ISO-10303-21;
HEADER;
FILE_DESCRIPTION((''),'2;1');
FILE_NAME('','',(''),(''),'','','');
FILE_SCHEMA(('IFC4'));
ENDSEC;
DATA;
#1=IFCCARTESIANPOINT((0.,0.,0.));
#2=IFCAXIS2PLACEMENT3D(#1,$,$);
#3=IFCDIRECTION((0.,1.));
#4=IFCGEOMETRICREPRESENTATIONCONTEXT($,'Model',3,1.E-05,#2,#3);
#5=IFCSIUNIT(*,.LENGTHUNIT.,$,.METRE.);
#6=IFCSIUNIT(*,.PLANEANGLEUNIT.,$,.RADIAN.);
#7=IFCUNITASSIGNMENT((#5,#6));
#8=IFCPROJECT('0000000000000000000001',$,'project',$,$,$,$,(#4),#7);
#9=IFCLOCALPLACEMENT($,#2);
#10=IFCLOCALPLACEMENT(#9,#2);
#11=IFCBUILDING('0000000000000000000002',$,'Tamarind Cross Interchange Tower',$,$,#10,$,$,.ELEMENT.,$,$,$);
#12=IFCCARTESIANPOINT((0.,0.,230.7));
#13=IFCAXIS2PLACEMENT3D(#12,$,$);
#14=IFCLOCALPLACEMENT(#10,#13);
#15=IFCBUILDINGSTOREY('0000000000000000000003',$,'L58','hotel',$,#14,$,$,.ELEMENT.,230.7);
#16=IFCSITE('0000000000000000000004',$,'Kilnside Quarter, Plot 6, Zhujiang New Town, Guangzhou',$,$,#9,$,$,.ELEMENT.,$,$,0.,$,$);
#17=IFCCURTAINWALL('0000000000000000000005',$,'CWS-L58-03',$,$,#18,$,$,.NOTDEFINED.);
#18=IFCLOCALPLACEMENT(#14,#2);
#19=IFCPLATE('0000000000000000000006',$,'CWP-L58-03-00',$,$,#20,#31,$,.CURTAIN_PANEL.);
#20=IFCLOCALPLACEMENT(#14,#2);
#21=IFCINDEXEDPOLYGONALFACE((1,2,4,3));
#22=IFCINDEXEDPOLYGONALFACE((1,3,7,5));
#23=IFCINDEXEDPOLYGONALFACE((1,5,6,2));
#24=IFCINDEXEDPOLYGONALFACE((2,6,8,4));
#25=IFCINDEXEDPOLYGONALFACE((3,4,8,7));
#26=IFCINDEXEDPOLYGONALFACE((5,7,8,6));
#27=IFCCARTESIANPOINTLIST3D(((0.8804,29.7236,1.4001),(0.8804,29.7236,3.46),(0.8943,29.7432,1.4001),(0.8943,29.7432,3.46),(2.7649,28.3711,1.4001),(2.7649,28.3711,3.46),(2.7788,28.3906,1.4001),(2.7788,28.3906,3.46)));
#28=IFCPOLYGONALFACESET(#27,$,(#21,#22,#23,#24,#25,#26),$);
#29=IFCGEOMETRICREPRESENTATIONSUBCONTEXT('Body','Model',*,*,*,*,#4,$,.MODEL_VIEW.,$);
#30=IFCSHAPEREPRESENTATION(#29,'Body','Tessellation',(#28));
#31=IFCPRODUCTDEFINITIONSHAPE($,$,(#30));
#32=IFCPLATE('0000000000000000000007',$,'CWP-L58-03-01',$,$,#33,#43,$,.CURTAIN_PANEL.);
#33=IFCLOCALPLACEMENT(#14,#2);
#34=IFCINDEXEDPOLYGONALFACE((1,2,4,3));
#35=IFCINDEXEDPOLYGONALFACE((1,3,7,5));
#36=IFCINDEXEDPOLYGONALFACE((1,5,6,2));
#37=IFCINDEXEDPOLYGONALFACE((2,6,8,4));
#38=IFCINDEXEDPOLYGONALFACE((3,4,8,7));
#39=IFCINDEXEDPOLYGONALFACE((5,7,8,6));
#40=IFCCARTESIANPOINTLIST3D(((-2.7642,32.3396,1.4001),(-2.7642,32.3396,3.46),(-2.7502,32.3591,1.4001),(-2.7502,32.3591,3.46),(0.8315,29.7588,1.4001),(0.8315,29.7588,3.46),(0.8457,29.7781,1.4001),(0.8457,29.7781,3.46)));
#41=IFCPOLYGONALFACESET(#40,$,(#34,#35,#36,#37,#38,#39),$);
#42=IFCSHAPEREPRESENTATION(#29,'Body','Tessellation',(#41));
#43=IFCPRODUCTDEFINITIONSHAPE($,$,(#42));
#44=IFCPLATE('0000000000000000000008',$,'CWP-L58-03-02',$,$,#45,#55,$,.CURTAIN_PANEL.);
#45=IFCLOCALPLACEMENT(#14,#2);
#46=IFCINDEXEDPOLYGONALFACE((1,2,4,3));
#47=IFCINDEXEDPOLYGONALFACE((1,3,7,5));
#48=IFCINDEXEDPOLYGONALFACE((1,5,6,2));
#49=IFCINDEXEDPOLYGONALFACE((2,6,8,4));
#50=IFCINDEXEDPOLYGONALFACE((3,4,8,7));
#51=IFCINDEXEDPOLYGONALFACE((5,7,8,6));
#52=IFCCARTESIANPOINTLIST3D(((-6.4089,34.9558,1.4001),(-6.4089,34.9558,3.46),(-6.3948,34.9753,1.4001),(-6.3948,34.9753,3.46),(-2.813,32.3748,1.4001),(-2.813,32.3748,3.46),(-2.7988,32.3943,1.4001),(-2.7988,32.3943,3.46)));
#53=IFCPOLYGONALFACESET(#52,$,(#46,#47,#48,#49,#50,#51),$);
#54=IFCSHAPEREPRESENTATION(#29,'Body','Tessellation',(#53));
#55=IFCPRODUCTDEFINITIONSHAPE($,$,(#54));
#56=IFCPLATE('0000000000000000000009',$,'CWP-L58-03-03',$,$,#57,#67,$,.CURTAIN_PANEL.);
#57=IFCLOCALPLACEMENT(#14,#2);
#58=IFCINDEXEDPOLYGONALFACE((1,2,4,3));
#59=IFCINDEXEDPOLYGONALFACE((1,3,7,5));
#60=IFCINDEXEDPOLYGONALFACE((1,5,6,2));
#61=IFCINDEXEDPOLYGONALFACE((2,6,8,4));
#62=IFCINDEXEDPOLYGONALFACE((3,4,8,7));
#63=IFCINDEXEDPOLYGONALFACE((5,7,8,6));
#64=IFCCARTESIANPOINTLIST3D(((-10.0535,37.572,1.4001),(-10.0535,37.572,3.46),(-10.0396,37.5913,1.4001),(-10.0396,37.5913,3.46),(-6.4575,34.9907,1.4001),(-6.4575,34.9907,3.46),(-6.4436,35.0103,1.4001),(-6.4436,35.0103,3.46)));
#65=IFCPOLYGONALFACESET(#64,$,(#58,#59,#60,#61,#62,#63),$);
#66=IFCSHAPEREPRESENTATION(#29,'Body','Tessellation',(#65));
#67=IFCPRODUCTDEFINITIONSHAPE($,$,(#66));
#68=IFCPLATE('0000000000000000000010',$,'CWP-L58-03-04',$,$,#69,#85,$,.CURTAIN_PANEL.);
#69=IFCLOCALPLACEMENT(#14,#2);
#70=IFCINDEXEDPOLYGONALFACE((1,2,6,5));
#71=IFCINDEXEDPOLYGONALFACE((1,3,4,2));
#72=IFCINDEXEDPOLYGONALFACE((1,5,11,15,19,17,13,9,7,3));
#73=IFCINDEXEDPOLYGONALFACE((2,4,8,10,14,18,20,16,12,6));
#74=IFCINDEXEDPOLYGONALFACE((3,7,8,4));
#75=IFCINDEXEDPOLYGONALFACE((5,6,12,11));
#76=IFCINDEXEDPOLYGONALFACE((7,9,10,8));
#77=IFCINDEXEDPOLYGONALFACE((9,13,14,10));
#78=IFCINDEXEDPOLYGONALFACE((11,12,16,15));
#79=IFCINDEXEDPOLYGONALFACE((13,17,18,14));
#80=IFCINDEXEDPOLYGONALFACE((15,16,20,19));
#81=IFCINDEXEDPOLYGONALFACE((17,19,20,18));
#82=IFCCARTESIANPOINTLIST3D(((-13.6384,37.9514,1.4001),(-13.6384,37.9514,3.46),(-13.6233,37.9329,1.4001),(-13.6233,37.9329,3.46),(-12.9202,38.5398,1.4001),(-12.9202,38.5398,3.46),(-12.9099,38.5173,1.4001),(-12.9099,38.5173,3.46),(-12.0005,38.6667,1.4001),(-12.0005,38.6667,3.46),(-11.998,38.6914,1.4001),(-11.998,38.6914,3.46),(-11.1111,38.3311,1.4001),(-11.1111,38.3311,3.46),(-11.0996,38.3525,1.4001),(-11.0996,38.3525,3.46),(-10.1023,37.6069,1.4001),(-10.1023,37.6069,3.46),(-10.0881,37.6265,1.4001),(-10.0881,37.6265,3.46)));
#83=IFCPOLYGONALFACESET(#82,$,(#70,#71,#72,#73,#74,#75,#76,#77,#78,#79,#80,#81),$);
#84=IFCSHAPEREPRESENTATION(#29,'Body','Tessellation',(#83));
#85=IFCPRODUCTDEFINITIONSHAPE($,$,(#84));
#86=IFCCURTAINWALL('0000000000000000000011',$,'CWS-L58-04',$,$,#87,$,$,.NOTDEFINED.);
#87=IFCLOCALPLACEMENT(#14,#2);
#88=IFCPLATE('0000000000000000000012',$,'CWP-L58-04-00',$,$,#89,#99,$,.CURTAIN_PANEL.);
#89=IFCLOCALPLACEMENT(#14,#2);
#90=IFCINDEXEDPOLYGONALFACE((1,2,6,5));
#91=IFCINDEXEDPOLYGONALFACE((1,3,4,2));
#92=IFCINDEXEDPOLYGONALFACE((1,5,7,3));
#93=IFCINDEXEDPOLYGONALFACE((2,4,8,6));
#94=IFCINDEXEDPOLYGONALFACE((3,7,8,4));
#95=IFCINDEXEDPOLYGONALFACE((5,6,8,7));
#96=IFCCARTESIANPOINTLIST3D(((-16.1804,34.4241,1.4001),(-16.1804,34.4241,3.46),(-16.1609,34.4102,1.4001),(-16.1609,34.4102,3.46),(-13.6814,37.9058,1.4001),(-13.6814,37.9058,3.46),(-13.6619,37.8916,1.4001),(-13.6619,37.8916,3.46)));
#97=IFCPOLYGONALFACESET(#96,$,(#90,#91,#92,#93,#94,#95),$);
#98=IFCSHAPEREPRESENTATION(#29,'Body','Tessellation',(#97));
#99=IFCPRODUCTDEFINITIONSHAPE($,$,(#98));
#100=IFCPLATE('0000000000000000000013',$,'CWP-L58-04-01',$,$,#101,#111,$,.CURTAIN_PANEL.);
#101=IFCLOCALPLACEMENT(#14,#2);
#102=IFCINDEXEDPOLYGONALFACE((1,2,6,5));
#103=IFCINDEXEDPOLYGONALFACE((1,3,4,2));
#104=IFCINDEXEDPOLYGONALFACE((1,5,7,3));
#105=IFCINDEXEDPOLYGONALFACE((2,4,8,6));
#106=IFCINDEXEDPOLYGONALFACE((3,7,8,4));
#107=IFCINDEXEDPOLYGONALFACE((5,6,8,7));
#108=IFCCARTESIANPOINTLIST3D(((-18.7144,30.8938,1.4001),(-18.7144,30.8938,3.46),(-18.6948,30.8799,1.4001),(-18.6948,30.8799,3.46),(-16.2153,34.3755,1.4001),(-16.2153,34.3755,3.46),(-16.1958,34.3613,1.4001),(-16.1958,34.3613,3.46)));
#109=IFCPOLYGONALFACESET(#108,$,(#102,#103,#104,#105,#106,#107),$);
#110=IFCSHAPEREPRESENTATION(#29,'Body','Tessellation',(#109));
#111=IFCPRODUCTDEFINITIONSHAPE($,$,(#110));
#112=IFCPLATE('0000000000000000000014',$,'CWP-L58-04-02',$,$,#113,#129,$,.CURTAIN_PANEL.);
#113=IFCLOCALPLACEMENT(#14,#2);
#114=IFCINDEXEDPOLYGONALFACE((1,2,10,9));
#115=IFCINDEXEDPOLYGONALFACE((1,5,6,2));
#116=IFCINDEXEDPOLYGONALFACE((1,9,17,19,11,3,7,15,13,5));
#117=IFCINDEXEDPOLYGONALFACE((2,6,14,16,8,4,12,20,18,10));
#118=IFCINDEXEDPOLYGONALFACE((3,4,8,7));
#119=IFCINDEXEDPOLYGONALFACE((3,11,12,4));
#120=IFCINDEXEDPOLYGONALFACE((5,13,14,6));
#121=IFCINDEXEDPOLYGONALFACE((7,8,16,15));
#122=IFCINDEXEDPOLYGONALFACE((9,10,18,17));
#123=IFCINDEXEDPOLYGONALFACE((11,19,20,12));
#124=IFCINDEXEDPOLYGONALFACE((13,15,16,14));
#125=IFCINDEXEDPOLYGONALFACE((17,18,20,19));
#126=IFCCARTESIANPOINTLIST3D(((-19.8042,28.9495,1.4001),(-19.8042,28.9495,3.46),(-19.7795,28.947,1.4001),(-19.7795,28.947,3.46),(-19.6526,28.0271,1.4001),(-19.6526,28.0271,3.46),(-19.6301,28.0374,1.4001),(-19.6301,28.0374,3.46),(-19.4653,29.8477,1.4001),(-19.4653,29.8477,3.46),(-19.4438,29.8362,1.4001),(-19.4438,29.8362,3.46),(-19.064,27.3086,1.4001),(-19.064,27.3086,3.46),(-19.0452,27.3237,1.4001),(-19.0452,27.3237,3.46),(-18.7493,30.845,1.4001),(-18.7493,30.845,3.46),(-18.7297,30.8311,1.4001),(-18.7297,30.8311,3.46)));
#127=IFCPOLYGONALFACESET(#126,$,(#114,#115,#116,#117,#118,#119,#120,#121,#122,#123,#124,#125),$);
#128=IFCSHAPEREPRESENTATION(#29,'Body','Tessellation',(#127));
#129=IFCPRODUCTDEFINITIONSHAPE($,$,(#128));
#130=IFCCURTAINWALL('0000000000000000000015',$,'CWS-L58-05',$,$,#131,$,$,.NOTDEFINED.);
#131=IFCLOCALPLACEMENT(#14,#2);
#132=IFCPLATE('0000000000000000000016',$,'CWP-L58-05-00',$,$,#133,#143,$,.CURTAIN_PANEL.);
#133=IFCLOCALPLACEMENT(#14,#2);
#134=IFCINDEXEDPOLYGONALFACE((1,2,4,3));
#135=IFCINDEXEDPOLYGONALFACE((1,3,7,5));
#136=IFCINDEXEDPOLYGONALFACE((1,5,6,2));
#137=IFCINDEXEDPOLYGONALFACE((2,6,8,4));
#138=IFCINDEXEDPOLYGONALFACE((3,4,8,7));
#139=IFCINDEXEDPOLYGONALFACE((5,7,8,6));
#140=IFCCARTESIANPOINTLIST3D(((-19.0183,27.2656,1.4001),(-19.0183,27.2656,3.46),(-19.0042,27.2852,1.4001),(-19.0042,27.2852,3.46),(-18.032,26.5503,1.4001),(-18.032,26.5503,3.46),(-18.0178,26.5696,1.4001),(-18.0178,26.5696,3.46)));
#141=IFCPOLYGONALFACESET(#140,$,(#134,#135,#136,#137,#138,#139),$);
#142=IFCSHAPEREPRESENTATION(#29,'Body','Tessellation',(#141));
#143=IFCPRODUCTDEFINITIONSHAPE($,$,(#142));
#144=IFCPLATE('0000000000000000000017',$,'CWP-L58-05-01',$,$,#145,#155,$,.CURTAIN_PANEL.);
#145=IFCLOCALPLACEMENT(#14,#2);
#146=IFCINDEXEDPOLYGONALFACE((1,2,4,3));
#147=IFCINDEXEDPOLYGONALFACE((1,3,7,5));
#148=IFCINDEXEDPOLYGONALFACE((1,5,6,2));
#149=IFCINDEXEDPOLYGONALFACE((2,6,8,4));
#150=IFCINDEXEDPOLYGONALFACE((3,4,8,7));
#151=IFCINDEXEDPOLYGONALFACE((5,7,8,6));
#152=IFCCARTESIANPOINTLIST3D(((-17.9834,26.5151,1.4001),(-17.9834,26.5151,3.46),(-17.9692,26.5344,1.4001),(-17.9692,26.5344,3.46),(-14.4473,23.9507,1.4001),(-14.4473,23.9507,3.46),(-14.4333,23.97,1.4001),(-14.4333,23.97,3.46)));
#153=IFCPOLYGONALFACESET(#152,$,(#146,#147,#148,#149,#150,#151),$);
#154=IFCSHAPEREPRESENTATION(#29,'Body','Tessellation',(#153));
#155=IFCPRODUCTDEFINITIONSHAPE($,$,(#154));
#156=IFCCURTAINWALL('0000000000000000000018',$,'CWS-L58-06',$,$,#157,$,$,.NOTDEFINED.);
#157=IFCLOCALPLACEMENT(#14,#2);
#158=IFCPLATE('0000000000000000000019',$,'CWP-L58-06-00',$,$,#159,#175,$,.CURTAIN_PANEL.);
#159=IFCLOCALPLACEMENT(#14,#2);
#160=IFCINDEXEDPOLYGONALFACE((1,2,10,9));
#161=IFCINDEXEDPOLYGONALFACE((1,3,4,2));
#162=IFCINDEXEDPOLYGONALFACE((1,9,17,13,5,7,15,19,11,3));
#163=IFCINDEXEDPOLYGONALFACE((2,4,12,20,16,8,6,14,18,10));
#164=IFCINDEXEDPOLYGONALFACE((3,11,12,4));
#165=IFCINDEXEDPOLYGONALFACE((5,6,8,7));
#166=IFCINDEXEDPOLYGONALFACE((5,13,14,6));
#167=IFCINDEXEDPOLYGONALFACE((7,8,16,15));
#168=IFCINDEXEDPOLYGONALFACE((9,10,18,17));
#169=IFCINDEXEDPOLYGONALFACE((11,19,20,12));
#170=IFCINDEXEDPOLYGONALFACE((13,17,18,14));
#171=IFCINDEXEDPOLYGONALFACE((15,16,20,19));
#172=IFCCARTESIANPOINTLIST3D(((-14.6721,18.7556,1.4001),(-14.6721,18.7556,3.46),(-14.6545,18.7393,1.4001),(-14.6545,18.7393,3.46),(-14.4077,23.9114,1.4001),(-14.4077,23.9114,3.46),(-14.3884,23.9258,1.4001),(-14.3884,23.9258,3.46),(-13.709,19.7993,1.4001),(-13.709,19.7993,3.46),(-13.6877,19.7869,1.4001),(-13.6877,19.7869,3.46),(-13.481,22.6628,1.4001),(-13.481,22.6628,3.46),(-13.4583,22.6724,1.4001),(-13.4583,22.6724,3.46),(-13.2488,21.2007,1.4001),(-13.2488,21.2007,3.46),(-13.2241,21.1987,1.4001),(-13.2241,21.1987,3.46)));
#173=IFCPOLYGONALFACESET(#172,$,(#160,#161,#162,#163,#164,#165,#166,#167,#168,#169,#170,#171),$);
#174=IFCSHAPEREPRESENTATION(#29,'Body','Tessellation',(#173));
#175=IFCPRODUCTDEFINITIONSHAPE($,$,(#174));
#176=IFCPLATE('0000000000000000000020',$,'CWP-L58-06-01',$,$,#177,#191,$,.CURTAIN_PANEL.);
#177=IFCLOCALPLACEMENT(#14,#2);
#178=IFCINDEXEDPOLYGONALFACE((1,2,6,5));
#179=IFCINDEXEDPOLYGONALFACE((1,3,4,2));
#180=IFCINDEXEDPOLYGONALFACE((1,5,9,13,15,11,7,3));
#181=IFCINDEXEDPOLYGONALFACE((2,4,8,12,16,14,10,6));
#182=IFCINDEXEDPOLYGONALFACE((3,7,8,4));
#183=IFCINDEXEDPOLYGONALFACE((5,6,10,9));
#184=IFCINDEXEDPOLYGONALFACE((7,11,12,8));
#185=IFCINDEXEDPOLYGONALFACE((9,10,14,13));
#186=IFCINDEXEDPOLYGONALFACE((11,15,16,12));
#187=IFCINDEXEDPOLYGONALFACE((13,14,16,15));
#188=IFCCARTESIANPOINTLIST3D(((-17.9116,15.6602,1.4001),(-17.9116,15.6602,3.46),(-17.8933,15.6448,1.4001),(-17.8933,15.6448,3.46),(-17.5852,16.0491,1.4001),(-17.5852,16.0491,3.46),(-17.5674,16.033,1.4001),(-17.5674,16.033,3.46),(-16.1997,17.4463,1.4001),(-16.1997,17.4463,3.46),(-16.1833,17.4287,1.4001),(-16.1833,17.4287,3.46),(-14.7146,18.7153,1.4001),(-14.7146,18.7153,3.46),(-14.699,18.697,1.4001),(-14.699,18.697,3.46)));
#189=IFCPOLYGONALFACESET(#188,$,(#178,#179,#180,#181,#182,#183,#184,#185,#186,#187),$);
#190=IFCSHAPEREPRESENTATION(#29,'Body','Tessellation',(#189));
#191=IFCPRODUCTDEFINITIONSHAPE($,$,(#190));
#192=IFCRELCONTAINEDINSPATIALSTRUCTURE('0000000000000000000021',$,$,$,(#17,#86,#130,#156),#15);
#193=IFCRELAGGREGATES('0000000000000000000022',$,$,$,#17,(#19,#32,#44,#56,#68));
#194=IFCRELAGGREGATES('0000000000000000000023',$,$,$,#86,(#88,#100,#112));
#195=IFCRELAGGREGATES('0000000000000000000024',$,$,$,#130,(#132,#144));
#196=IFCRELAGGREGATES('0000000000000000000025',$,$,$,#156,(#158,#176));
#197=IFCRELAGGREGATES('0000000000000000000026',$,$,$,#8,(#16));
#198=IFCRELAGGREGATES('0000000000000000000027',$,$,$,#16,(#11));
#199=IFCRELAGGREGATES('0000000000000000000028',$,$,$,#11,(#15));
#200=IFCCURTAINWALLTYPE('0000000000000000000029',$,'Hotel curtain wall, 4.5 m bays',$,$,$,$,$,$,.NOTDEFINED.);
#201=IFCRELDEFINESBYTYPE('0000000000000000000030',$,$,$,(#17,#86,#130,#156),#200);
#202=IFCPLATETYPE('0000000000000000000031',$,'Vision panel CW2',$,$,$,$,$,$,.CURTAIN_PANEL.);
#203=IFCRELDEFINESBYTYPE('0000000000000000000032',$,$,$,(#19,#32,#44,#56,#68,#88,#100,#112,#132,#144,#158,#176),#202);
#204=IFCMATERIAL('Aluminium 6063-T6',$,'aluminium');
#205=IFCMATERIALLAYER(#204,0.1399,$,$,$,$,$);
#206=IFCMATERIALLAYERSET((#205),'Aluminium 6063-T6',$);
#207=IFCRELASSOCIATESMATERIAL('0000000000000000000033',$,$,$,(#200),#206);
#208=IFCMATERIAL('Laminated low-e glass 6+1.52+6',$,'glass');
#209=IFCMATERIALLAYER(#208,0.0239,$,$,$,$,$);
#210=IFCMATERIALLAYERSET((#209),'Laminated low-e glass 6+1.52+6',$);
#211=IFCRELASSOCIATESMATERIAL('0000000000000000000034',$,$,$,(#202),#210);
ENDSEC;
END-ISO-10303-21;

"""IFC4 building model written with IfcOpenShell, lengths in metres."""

from ifc_helpers import new_model, si_unit, direction, frame, origin, place, context, subcontext, project, spatial, polyline, outline, extrude, material, layer, layer_set, type_object, element, aggregate, save


model = new_model("IFC4")

# Units and contexts
model_context = context("Model", 3, precision=1e-05, world=origin(), true_north=direction((0.0, 1.0)))
body_context = subcontext(model_context, "Body", "Model", "MODEL_VIEW")
ifc_project = project(units=[si_unit("LENGTHUNIT", "METRE"), si_unit("PLANEANGLEUNIT", "RADIAN")], contexts=[model_context])

# Site, building, storey
site_placement = place(None, origin())
site = spatial("IfcSite", under=ifc_project, at=site_placement, Name="Kilnside Quarter, Plot 6, Zhujiang New Town, Guangzhou", CompositionType="ELEMENT", RefElevation=0.0)
building_placement = place(site_placement, origin())
building = spatial("IfcBuilding", under=site, at=building_placement, Name="Tamarind Cross Interchange Tower", CompositionType="ELEMENT")
storey_placement = place(building_placement, frame((0.0, 0.0, 230.7)))
storey = spatial("IfcBuildingStorey", under=building, at=storey_placement, Name="L58", Description="hotel", CompositionType="ELEMENT", Elevation=230.7)

# Curtain walls, plates
ifc_material_1 = material(Name="Aluminium 6063-T6", Category="aluminium")
ifc_layer_1 = layer(ifc_material_1, 0.1399)
ifc_layer_set_1 = layer_set([ifc_layer_1], Name="Aluminium 6063-T6")
curtain_wall_type = type_object("IfcCurtainWallType", Name="Hotel curtain wall, 4.5 m bays", PredefinedType="NOTDEFINED", material=ifc_layer_set_1)
curtain_wall_1_placement = place(storey_placement, origin())
curtain_wall_1 = element("IfcCurtainWall", 1, at=curtain_wall_1_placement, inside=storey, type_object=curtain_wall_type, Name="CWS-L58-03", PredefinedType="NOTDEFINED")
ifc_material_2 = material(Name="Laminated low-e glass 6+1.52+6", Category="glass")
ifc_layer_2 = layer(ifc_material_2, 0.0239)
ifc_layer_set_2 = layer_set([ifc_layer_2], Name="Laminated low-e glass 6+1.52+6")
plate_type = type_object("IfcPlateType", Name="Vision panel CW2", PredefinedType="CURTAIN_PANEL", material=ifc_layer_set_2)
plate_1_placement = place(storey_placement, frame((0.0, 0.0, 1.4001)))
plate_1 = element("IfcPlate", 2, at=plate_1_placement, type_object=plate_type, Name="CWP-L58-03-00", PredefinedType="CURTAIN_PANEL", context=body_context, shape_type="SweptSolid", body=[
    extrude(outline(polyline([(2.7649, 28.3711), (0.8804, 29.7236), (0.8943, 29.7432), (2.7788, 28.3906), (2.7649, 28.3711)])), origin(), (0.0, 0.0, 1.0), 2.0598),
])
plate_2_placement = place(storey_placement, frame((0.0, 0.0, 1.4001)))
plate_2 = element("IfcPlate", 3, at=plate_2_placement, type_object=plate_type, Name="CWP-L58-03-01", PredefinedType="CURTAIN_PANEL", context=body_context, shape_type="SweptSolid", body=[
    extrude(outline(polyline([(0.8315, 29.7588), (-2.7642, 32.3396), (-2.7502, 32.3591), (0.8457, 29.7781), (0.8315, 29.7588)])), origin(), (0.0, 0.0, 1.0), 2.0598),
])
plate_3_placement = place(storey_placement, frame((0.0, 0.0, 1.4001)))
plate_3 = element("IfcPlate", 4, at=plate_3_placement, type_object=plate_type, Name="CWP-L58-03-02", PredefinedType="CURTAIN_PANEL", context=body_context, shape_type="SweptSolid", body=[
    extrude(outline(polyline([(-2.813, 32.3748), (-6.4089, 34.9558), (-6.3948, 34.9753), (-2.7988, 32.3943), (-2.813, 32.3748)])), origin(), (0.0, 0.0, 1.0), 2.0598),
])
plate_4_placement = place(storey_placement, frame((0.0, 0.0, 1.4001)))
plate_4 = element("IfcPlate", 5, at=plate_4_placement, type_object=plate_type, Name="CWP-L58-03-03", PredefinedType="CURTAIN_PANEL", context=body_context, shape_type="SweptSolid", body=[
    extrude(outline(polyline([(-6.4575, 34.9907), (-10.0535, 37.572), (-10.0396, 37.5913), (-6.4436, 35.0103), (-6.4575, 34.9907)])), origin(), (0.0, 0.0, 1.0), 2.0598),
])
plate_5_placement = place(storey_placement, frame((0.0, 0.0, 1.4001)))
plate_5 = element("IfcPlate", 6, at=plate_5_placement, type_object=plate_type, Name="CWP-L58-03-04", PredefinedType="CURTAIN_PANEL", context=body_context, shape_type="SweptSolid", body=[
    extrude(outline(polyline([(-10.1023, 37.6069), (-11.1111, 38.3311), (-12.0005, 38.6667), (-12.9099, 38.5173), (-13.6233, 37.9329), (-13.6384, 37.9514), (-12.9202, 38.5398), (-11.998, 38.6914), (-11.0996, 38.3525), (-10.0881, 37.6265), (-10.1023, 37.6069)])), origin(), (0.0, 0.0, 1.0), 2.0598),
])
aggregate(curtain_wall_1, [plate_1, plate_2, plate_3, plate_4, plate_5])
curtain_wall_2_placement = place(storey_placement, origin())
curtain_wall_2 = element("IfcCurtainWall", 7, at=curtain_wall_2_placement, inside=storey, type_object=curtain_wall_type, Name="CWS-L58-04", PredefinedType="NOTDEFINED")
plate_6_placement = place(storey_placement, frame((0.0, 0.0, 1.4001)))
plate_6 = element("IfcPlate", 8, at=plate_6_placement, type_object=plate_type, Name="CWP-L58-04-00", PredefinedType="CURTAIN_PANEL", context=body_context, shape_type="SweptSolid", body=[
    extrude(outline(polyline([(-13.6619, 37.8916), (-16.1609, 34.4102), (-16.1804, 34.4241), (-13.6814, 37.9058), (-13.6619, 37.8916)])), origin(), (0.0, 0.0, 1.0), 2.0598),
])
plate_7_placement = place(storey_placement, frame((0.0, 0.0, 1.4001)))
plate_7 = element("IfcPlate", 9, at=plate_7_placement, type_object=plate_type, Name="CWP-L58-04-01", PredefinedType="CURTAIN_PANEL", context=body_context, shape_type="SweptSolid", body=[
    extrude(outline(polyline([(-16.1958, 34.3613), (-18.6948, 30.8799), (-18.7144, 30.8938), (-16.2153, 34.3755), (-16.1958, 34.3613)])), origin(), (0.0, 0.0, 1.0), 2.0598),
])
plate_8_placement = place(storey_placement, frame((0.0, 0.0, 1.4001)))
plate_8 = element("IfcPlate", 10, at=plate_8_placement, type_object=plate_type, Name="CWP-L58-04-02", PredefinedType="CURTAIN_PANEL", context=body_context, shape_type="SweptSolid", body=[
    extrude(outline(polyline([(-18.7297, 30.8311), (-19.4438, 29.8362), (-19.7795, 28.947), (-19.6301, 28.0374), (-19.0452, 27.3237), (-19.064, 27.3086), (-19.6526, 28.0271), (-19.8042, 28.9495), (-19.4653, 29.8477), (-18.7493, 30.845), (-18.7297, 30.8311)])), origin(), (0.0, 0.0, 1.0), 2.0598),
])
aggregate(curtain_wall_2, [plate_6, plate_7, plate_8])
curtain_wall_3_placement = place(storey_placement, origin())
curtain_wall_3 = element("IfcCurtainWall", 11, at=curtain_wall_3_placement, inside=storey, type_object=curtain_wall_type, Name="CWS-L58-05", PredefinedType="NOTDEFINED")
plate_9_placement = place(storey_placement, frame((0.0, 0.0, 1.4001)))
plate_9 = element("IfcPlate", 12, at=plate_9_placement, type_object=plate_type, Name="CWP-L58-05-00", PredefinedType="CURTAIN_PANEL", context=body_context, shape_type="SweptSolid", body=[
    extrude(outline(polyline([(-19.0042, 27.2852), (-18.0178, 26.5696), (-18.032, 26.5503), (-19.0183, 27.2656), (-19.0042, 27.2852)])), origin(), (0.0, 0.0, 1.0), 2.0598),
])
plate_10_placement = place(storey_placement, frame((0.0, 0.0, 1.4001)))
plate_10 = element("IfcPlate", 13, at=plate_10_placement, type_object=plate_type, Name="CWP-L58-05-01", PredefinedType="CURTAIN_PANEL", context=body_context, shape_type="SweptSolid", body=[
    extrude(outline(polyline([(-17.9692, 26.5344), (-14.4333, 23.97), (-14.4473, 23.9507), (-17.9834, 26.5151), (-17.9692, 26.5344)])), origin(), (0.0, 0.0, 1.0), 2.0598),
])
aggregate(curtain_wall_3, [plate_9, plate_10])
curtain_wall_4_placement = place(storey_placement, origin())
curtain_wall_4 = element("IfcCurtainWall", 14, at=curtain_wall_4_placement, inside=storey, type_object=curtain_wall_type, Name="CWS-L58-06", PredefinedType="NOTDEFINED")
plate_11_placement = place(storey_placement, frame((0.0, 0.0, 1.4001)))
plate_11 = element("IfcPlate", 15, at=plate_11_placement, type_object=plate_type, Name="CWP-L58-06-00", PredefinedType="CURTAIN_PANEL", context=body_context, shape_type="SweptSolid", body=[
    extrude(outline(polyline([(-14.3884, 23.9258), (-13.4583, 22.6724), (-13.2241, 21.1987), (-13.6877, 19.7869), (-14.6545, 18.7393), (-14.6721, 18.7556), (-13.709, 19.7993), (-13.2488, 21.2007), (-13.481, 22.6628), (-14.4077, 23.9114), (-14.3884, 23.9258)])), origin(), (0.0, 0.0, 1.0), 2.0598),
])
plate_12_placement = place(storey_placement, frame((0.0, 0.0, 1.4001)))
plate_12 = element("IfcPlate", 16, at=plate_12_placement, type_object=plate_type, Name="CWP-L58-06-01", PredefinedType="CURTAIN_PANEL", context=body_context, shape_type="SweptSolid", body=[
    extrude(outline(polyline([(-14.699, 18.697), (-16.1833, 17.4287), (-17.5674, 16.033), (-17.8933, 15.6448), (-17.9116, 15.6602), (-17.5852, 16.0491), (-16.1997, 17.4463), (-14.7146, 18.7153), (-14.699, 18.697)])), origin(), (0.0, 0.0, 1.0), 2.0598),
])
aggregate(curtain_wall_4, [plate_11, plate_12])

save(model, "model.ifc")
